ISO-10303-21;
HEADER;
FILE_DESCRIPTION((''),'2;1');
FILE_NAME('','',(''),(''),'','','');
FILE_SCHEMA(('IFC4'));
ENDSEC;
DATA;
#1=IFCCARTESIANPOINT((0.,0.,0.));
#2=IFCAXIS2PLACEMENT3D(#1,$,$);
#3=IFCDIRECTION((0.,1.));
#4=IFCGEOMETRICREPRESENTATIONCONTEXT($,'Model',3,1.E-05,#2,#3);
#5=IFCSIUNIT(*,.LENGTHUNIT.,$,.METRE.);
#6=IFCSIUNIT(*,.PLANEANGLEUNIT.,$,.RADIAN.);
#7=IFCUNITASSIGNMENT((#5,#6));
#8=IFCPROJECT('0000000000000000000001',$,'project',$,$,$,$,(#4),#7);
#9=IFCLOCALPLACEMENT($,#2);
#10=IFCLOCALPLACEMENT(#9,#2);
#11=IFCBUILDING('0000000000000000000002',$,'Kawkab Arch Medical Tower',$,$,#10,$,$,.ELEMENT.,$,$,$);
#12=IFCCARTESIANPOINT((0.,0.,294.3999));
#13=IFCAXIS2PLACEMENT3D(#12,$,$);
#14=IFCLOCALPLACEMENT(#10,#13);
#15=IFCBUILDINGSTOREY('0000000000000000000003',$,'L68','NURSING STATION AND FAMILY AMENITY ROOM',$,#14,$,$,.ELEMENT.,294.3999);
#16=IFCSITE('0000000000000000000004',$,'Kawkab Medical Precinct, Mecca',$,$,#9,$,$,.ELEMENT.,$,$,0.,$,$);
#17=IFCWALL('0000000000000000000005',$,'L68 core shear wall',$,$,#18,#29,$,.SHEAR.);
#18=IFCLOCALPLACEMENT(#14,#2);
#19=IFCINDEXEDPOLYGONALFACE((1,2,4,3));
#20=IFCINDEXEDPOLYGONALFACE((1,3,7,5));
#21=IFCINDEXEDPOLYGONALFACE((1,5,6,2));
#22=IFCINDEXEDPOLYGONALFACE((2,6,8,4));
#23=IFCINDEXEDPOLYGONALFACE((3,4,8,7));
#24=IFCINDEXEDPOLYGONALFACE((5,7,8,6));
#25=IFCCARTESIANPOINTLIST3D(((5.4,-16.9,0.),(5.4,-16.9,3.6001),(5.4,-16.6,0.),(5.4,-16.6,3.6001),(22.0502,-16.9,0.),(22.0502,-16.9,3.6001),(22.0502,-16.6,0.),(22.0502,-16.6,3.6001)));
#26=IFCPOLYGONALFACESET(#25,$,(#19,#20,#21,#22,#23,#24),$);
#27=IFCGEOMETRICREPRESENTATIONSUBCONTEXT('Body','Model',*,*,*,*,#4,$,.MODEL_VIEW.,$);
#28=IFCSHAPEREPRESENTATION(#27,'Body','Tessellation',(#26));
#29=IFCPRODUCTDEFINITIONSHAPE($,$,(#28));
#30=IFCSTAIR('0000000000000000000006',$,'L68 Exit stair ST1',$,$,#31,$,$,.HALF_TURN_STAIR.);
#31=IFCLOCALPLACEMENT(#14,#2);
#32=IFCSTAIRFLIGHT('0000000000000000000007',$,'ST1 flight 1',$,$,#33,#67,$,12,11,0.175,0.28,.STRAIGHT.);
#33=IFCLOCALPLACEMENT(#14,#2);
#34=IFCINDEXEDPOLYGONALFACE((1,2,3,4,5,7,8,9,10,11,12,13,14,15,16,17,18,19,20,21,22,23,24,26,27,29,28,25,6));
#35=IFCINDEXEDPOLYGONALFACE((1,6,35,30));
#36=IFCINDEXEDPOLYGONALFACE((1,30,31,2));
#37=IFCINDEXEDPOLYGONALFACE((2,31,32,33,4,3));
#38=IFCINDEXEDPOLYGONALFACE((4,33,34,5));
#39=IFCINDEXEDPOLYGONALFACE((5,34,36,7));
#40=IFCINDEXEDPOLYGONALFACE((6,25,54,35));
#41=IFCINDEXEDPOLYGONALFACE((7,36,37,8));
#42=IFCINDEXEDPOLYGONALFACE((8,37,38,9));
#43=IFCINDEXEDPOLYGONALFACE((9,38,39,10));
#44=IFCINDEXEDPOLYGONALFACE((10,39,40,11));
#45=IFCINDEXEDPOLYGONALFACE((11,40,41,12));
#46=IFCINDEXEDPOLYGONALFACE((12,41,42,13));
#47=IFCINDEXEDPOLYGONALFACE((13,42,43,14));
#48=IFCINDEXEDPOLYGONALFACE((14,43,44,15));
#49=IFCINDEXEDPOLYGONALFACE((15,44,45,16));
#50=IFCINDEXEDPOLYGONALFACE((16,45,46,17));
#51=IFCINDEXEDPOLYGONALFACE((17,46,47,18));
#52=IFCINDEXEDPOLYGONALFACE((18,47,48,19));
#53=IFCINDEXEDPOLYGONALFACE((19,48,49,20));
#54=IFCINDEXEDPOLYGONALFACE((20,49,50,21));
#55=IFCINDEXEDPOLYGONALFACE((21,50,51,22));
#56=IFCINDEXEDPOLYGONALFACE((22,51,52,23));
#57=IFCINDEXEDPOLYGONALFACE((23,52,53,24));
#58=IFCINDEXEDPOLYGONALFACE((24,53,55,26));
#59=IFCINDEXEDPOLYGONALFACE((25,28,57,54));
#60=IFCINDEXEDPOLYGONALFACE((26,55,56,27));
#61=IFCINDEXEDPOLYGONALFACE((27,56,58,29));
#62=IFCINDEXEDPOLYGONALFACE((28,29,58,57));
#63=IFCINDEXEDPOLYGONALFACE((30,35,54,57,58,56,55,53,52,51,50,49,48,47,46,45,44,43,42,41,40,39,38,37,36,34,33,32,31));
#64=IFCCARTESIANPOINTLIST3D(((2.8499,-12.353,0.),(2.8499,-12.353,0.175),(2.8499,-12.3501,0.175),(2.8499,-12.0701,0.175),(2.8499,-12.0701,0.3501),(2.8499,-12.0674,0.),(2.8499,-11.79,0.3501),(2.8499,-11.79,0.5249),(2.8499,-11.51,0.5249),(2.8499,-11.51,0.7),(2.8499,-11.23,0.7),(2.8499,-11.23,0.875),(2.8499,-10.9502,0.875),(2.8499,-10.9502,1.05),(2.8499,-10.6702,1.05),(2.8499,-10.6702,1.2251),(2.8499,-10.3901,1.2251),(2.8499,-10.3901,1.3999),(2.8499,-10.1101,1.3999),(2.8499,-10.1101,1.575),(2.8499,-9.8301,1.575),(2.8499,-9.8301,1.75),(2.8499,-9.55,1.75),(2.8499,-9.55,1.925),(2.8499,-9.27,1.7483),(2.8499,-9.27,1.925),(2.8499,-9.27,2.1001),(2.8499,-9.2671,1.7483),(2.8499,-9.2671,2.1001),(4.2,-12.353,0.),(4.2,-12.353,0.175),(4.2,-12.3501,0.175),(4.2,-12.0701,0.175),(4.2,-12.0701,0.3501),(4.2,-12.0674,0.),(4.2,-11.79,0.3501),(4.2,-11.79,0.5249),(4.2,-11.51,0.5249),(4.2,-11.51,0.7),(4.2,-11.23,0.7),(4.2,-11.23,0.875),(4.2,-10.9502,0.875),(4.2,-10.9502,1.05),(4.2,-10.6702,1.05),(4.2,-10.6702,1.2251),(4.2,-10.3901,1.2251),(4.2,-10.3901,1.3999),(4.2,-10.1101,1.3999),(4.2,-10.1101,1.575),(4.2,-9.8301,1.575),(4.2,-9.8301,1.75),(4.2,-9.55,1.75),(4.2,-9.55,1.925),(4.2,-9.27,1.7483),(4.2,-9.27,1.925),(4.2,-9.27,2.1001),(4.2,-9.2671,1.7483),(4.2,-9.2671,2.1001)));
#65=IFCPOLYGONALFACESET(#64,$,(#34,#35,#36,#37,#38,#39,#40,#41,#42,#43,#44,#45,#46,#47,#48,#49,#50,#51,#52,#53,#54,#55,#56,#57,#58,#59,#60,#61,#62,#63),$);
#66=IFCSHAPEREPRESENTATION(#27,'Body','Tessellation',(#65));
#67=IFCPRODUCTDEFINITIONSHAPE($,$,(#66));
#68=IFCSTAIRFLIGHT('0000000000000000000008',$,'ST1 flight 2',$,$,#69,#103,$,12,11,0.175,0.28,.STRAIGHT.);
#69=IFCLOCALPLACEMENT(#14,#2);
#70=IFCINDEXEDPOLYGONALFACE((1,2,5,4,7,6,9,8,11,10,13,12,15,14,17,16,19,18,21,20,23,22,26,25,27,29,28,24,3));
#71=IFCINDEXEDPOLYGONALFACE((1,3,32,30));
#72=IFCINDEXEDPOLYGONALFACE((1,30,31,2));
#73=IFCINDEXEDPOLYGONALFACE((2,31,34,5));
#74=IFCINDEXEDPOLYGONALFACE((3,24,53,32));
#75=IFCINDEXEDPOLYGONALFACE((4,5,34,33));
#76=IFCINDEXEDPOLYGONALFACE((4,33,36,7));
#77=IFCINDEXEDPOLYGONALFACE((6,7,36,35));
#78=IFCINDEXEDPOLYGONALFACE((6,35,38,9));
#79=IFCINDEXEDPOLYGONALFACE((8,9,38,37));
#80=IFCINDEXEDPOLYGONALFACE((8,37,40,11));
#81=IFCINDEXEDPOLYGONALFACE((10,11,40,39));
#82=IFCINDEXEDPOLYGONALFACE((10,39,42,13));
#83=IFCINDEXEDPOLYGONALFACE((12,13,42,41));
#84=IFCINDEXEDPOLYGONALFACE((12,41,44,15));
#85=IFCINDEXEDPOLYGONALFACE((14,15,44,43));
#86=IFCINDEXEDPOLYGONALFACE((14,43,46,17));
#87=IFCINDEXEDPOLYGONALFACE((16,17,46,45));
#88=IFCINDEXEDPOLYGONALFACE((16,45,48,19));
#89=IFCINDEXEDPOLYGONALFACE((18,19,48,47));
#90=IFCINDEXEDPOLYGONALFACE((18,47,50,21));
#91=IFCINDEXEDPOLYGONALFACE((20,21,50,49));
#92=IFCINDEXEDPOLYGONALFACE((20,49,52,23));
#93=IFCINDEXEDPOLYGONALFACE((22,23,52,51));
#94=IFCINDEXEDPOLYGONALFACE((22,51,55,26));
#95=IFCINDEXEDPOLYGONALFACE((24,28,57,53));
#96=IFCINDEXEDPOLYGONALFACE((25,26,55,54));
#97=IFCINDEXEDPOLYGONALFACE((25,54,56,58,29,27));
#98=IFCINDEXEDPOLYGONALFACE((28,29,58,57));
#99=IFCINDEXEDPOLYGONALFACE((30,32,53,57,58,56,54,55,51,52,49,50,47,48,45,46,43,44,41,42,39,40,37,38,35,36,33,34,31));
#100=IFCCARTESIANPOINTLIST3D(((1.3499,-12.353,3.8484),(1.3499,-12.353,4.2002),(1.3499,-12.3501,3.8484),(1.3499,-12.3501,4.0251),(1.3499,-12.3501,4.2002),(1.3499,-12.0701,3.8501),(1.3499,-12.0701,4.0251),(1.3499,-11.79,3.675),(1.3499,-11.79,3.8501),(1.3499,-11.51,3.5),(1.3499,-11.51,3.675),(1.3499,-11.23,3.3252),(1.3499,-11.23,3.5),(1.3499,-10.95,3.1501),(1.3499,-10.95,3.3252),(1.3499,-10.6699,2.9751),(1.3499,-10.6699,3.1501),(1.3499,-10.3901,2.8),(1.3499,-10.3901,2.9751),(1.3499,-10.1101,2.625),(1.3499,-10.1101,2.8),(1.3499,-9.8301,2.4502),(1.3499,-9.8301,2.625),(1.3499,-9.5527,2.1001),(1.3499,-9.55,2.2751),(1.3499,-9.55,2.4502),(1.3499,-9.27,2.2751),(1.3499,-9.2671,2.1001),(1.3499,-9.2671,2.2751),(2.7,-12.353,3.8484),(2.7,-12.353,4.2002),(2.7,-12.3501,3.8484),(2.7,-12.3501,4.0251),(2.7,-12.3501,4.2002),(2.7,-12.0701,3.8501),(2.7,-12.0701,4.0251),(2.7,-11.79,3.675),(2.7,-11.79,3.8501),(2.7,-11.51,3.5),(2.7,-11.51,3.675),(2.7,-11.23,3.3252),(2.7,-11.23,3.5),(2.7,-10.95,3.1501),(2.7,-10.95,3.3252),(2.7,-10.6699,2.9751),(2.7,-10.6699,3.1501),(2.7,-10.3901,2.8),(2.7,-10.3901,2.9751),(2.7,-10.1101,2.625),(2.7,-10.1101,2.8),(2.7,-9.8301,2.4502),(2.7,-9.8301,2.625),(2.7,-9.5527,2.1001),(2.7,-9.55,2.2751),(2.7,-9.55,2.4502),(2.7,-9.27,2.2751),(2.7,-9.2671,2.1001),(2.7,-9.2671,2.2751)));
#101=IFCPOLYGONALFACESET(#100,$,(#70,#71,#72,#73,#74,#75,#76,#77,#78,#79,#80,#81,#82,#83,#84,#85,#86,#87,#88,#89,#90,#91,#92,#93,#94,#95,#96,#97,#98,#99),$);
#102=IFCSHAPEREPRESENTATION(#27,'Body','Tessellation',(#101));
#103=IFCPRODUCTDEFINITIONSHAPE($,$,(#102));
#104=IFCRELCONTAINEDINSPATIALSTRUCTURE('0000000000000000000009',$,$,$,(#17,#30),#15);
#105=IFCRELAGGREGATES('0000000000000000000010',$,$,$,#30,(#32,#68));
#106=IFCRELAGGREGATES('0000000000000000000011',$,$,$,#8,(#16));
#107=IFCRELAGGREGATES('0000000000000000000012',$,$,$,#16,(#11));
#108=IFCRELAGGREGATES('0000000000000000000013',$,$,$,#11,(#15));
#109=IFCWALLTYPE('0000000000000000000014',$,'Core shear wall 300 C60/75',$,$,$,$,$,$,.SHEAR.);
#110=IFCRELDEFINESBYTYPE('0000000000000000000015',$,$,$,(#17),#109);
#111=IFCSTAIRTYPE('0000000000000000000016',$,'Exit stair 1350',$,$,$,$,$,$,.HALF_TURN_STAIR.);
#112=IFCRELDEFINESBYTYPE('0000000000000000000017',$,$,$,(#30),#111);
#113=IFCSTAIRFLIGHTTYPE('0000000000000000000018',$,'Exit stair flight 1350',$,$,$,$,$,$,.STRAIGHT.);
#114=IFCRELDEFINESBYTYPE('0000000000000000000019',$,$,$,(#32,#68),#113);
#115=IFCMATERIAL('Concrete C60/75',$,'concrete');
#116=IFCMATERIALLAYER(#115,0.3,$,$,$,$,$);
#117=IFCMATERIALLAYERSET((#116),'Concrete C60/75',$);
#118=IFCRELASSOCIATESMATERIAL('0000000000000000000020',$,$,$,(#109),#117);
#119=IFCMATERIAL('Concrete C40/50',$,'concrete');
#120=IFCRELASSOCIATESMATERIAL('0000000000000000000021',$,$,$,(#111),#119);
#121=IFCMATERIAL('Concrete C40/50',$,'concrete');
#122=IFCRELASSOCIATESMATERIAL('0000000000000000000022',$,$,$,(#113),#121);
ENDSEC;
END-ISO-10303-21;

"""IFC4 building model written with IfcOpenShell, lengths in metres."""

from ifc_helpers import new_model, si_unit, direction, frame, frame_2d, origin, place, context, subcontext, project, spatial, polyline, rectangle, outline, extrude, material, layer, layer_set, type_object, element, aggregate, save


model = new_model("IFC4")

# Units and contexts
model_context = context("Model", 3, precision=1e-05, world=origin(), true_north=direction((0.0, 1.0)))
body_context = subcontext(model_context, "Body", "Model", "MODEL_VIEW")
ifc_project = project(units=[si_unit("LENGTHUNIT", "METRE"), si_unit("PLANEANGLEUNIT", "RADIAN")], contexts=[model_context])

# Site, building, storey
site_placement = place(None, origin())
site = spatial("IfcSite", under=ifc_project, at=site_placement, Name="Kawkab Medical Precinct, Mecca", CompositionType="ELEMENT", RefElevation=0.0)
building_placement = place(site_placement, origin())
building = spatial("IfcBuilding", under=site, at=building_placement, Name="Kawkab Arch Medical Tower", CompositionType="ELEMENT")
storey_placement = place(building_placement, frame((0.0, 0.0, 294.3999)))
storey = spatial("IfcBuildingStorey", under=building, at=storey_placement, Name="L68", Description="NURSING STATION AND FAMILY AMENITY ROOM", CompositionType="ELEMENT", Elevation=294.3999)

# Shared definitions
ifc_material_1 = material(Name="Concrete C60/75", Category="concrete")
ifc_layer_1 = layer(ifc_material_1, 0.3)
ifc_layer_set_1 = layer_set([ifc_layer_1], Name="Concrete C60/75")
wall_type_1 = type_object("IfcWallType", Name="Core shear wall 300 C60/75", PredefinedType="SHEAR", material=ifc_layer_set_1)

# Wall
wall_1_placement = place(storey_placement, frame((5.3999, -16.75, 0.0), z_axis=(0.0, 0.0, 1.0), x_axis=(1.0, 0.0, 0.0)))
element("IfcWall", 1, at=wall_1_placement, inside=storey, type_object=wall_type_1, Name="L68 core shear wall", PredefinedType="SHEAR", context=body_context, shape_type="SweptSolid", body=[
    extrude(rectangle(XDim=16.6501, YDim=0.3, at=frame_2d((8.3252, 0.0))), origin(), (0.0, 0.0, 1.0), 3.6001),
])

# Stair, stair flights
ifc_material_2 = material(Name="Concrete C40/50", Category="concrete")
stair_type = type_object("IfcStairType", Name="Exit stair 1350", PredefinedType="HALF_TURN_STAIR", material=ifc_material_2)
stair_placement = place(storey_placement, origin())
stair = element("IfcStair", 2, at=stair_placement, inside=storey, type_object=stair_type, Name="L68 Exit stair ST1", PredefinedType="HALF_TURN_STAIR")
ifc_material_3 = material(Name="Concrete C40/50", Category="concrete")
stair_flight_type = type_object("IfcStairFlightType", Name="Exit stair flight 1350", PredefinedType="STRAIGHT", material=ifc_material_3)
stair_flight_1_placement = place(storey_placement, frame((3.5249, -12.3501, 0.0), z_axis=(0.0, 0.0, 1.0), x_axis=(0.0, 1.0, 0.0)))
stair_flight_1 = element("IfcStairFlight", 3, at=stair_flight_1_placement, type_object=stair_flight_type, Name="ST1 flight 1", NumberOfRisers=12, NumberOfTreads=11, PredefinedType="STRAIGHT", RiserHeight=0.175, TreadLength=0.28, context=body_context, shape_type="SweptSolid", body=[
    extrude(outline(polyline([(-0.0029, 0.0), (-0.0029, 0.175), (0.0, 0.175), (0.28, 0.175), (0.28, 0.3501), (0.5601, 0.3501), (0.5601, 0.5249), (0.8401, 0.5249), (0.8401, 0.7), (1.1201, 0.7), (1.1201, 0.875), (1.3999, 0.875), (1.3999, 1.05), (1.6799, 1.05), (1.6799, 1.2251), (1.96, 1.2251), (1.96, 1.3999), (2.24, 1.3999), (2.24, 1.575), (2.52, 1.575), (2.52, 1.75), (2.8, 1.75), (2.8, 1.925), (3.0801, 1.925), (3.0801, 2.1001), (3.083, 2.1001), (3.083, 1.7483), (3.0801, 1.7483), (0.2827, 0.0), (-0.0029, 0.0)])), frame((0.0, 0.675, 0.0), z_axis=(0.0, -1.0, 0.0), x_axis=(1.0, 0.0, 0.0)), (0.0, 0.0, 1.0), 1.3501),
])
stair_flight_2_placement = place(storey_placement, frame((2.0249, -9.27, 2.1001), z_axis=(0.0, 0.0, 1.0), x_axis=(0.0, -1.0, 0.0)))
stair_flight_2 = element("IfcStairFlight", 4, at=stair_flight_2_placement, type_object=stair_flight_type, Name="ST1 flight 2", NumberOfRisers=12, NumberOfTreads=11, PredefinedType="STRAIGHT", RiserHeight=0.175, TreadLength=0.28, context=body_context, shape_type="SweptSolid", body=[
    extrude(outline(polyline([(-0.0029, 0.0), (-0.0029, 0.175), (0.0, 0.175), (0.28, 0.175), (0.28, 0.3501), (0.5601, 0.3501), (0.5601, 0.5249), (0.8401, 0.5249), (0.8401, 0.7), (1.1201, 0.7), (1.1201, 0.875), (1.3999, 0.875), (1.3999, 1.05), (1.6799, 1.05), (1.6799, 1.2251), (1.96, 1.2251), (1.96, 1.3999), (2.24, 1.3999), (2.24, 1.575), (2.52, 1.575), (2.52, 1.75), (2.8, 1.75), (2.8, 1.925), (3.0801, 1.925), (3.0801, 2.1001), (3.083, 2.1001), (3.083, 1.7483), (3.0801, 1.7483), (0.2827, 0.0), (-0.0029, 0.0)])), frame((0.0, 0.675, 0.0), z_axis=(0.0, -1.0, 0.0), x_axis=(1.0, 0.0, 0.0)), (0.0, 0.0, 1.0), 1.3501),
])
aggregate(stair, [stair_flight_1, stair_flight_2])

save(model, "model.ifc")
